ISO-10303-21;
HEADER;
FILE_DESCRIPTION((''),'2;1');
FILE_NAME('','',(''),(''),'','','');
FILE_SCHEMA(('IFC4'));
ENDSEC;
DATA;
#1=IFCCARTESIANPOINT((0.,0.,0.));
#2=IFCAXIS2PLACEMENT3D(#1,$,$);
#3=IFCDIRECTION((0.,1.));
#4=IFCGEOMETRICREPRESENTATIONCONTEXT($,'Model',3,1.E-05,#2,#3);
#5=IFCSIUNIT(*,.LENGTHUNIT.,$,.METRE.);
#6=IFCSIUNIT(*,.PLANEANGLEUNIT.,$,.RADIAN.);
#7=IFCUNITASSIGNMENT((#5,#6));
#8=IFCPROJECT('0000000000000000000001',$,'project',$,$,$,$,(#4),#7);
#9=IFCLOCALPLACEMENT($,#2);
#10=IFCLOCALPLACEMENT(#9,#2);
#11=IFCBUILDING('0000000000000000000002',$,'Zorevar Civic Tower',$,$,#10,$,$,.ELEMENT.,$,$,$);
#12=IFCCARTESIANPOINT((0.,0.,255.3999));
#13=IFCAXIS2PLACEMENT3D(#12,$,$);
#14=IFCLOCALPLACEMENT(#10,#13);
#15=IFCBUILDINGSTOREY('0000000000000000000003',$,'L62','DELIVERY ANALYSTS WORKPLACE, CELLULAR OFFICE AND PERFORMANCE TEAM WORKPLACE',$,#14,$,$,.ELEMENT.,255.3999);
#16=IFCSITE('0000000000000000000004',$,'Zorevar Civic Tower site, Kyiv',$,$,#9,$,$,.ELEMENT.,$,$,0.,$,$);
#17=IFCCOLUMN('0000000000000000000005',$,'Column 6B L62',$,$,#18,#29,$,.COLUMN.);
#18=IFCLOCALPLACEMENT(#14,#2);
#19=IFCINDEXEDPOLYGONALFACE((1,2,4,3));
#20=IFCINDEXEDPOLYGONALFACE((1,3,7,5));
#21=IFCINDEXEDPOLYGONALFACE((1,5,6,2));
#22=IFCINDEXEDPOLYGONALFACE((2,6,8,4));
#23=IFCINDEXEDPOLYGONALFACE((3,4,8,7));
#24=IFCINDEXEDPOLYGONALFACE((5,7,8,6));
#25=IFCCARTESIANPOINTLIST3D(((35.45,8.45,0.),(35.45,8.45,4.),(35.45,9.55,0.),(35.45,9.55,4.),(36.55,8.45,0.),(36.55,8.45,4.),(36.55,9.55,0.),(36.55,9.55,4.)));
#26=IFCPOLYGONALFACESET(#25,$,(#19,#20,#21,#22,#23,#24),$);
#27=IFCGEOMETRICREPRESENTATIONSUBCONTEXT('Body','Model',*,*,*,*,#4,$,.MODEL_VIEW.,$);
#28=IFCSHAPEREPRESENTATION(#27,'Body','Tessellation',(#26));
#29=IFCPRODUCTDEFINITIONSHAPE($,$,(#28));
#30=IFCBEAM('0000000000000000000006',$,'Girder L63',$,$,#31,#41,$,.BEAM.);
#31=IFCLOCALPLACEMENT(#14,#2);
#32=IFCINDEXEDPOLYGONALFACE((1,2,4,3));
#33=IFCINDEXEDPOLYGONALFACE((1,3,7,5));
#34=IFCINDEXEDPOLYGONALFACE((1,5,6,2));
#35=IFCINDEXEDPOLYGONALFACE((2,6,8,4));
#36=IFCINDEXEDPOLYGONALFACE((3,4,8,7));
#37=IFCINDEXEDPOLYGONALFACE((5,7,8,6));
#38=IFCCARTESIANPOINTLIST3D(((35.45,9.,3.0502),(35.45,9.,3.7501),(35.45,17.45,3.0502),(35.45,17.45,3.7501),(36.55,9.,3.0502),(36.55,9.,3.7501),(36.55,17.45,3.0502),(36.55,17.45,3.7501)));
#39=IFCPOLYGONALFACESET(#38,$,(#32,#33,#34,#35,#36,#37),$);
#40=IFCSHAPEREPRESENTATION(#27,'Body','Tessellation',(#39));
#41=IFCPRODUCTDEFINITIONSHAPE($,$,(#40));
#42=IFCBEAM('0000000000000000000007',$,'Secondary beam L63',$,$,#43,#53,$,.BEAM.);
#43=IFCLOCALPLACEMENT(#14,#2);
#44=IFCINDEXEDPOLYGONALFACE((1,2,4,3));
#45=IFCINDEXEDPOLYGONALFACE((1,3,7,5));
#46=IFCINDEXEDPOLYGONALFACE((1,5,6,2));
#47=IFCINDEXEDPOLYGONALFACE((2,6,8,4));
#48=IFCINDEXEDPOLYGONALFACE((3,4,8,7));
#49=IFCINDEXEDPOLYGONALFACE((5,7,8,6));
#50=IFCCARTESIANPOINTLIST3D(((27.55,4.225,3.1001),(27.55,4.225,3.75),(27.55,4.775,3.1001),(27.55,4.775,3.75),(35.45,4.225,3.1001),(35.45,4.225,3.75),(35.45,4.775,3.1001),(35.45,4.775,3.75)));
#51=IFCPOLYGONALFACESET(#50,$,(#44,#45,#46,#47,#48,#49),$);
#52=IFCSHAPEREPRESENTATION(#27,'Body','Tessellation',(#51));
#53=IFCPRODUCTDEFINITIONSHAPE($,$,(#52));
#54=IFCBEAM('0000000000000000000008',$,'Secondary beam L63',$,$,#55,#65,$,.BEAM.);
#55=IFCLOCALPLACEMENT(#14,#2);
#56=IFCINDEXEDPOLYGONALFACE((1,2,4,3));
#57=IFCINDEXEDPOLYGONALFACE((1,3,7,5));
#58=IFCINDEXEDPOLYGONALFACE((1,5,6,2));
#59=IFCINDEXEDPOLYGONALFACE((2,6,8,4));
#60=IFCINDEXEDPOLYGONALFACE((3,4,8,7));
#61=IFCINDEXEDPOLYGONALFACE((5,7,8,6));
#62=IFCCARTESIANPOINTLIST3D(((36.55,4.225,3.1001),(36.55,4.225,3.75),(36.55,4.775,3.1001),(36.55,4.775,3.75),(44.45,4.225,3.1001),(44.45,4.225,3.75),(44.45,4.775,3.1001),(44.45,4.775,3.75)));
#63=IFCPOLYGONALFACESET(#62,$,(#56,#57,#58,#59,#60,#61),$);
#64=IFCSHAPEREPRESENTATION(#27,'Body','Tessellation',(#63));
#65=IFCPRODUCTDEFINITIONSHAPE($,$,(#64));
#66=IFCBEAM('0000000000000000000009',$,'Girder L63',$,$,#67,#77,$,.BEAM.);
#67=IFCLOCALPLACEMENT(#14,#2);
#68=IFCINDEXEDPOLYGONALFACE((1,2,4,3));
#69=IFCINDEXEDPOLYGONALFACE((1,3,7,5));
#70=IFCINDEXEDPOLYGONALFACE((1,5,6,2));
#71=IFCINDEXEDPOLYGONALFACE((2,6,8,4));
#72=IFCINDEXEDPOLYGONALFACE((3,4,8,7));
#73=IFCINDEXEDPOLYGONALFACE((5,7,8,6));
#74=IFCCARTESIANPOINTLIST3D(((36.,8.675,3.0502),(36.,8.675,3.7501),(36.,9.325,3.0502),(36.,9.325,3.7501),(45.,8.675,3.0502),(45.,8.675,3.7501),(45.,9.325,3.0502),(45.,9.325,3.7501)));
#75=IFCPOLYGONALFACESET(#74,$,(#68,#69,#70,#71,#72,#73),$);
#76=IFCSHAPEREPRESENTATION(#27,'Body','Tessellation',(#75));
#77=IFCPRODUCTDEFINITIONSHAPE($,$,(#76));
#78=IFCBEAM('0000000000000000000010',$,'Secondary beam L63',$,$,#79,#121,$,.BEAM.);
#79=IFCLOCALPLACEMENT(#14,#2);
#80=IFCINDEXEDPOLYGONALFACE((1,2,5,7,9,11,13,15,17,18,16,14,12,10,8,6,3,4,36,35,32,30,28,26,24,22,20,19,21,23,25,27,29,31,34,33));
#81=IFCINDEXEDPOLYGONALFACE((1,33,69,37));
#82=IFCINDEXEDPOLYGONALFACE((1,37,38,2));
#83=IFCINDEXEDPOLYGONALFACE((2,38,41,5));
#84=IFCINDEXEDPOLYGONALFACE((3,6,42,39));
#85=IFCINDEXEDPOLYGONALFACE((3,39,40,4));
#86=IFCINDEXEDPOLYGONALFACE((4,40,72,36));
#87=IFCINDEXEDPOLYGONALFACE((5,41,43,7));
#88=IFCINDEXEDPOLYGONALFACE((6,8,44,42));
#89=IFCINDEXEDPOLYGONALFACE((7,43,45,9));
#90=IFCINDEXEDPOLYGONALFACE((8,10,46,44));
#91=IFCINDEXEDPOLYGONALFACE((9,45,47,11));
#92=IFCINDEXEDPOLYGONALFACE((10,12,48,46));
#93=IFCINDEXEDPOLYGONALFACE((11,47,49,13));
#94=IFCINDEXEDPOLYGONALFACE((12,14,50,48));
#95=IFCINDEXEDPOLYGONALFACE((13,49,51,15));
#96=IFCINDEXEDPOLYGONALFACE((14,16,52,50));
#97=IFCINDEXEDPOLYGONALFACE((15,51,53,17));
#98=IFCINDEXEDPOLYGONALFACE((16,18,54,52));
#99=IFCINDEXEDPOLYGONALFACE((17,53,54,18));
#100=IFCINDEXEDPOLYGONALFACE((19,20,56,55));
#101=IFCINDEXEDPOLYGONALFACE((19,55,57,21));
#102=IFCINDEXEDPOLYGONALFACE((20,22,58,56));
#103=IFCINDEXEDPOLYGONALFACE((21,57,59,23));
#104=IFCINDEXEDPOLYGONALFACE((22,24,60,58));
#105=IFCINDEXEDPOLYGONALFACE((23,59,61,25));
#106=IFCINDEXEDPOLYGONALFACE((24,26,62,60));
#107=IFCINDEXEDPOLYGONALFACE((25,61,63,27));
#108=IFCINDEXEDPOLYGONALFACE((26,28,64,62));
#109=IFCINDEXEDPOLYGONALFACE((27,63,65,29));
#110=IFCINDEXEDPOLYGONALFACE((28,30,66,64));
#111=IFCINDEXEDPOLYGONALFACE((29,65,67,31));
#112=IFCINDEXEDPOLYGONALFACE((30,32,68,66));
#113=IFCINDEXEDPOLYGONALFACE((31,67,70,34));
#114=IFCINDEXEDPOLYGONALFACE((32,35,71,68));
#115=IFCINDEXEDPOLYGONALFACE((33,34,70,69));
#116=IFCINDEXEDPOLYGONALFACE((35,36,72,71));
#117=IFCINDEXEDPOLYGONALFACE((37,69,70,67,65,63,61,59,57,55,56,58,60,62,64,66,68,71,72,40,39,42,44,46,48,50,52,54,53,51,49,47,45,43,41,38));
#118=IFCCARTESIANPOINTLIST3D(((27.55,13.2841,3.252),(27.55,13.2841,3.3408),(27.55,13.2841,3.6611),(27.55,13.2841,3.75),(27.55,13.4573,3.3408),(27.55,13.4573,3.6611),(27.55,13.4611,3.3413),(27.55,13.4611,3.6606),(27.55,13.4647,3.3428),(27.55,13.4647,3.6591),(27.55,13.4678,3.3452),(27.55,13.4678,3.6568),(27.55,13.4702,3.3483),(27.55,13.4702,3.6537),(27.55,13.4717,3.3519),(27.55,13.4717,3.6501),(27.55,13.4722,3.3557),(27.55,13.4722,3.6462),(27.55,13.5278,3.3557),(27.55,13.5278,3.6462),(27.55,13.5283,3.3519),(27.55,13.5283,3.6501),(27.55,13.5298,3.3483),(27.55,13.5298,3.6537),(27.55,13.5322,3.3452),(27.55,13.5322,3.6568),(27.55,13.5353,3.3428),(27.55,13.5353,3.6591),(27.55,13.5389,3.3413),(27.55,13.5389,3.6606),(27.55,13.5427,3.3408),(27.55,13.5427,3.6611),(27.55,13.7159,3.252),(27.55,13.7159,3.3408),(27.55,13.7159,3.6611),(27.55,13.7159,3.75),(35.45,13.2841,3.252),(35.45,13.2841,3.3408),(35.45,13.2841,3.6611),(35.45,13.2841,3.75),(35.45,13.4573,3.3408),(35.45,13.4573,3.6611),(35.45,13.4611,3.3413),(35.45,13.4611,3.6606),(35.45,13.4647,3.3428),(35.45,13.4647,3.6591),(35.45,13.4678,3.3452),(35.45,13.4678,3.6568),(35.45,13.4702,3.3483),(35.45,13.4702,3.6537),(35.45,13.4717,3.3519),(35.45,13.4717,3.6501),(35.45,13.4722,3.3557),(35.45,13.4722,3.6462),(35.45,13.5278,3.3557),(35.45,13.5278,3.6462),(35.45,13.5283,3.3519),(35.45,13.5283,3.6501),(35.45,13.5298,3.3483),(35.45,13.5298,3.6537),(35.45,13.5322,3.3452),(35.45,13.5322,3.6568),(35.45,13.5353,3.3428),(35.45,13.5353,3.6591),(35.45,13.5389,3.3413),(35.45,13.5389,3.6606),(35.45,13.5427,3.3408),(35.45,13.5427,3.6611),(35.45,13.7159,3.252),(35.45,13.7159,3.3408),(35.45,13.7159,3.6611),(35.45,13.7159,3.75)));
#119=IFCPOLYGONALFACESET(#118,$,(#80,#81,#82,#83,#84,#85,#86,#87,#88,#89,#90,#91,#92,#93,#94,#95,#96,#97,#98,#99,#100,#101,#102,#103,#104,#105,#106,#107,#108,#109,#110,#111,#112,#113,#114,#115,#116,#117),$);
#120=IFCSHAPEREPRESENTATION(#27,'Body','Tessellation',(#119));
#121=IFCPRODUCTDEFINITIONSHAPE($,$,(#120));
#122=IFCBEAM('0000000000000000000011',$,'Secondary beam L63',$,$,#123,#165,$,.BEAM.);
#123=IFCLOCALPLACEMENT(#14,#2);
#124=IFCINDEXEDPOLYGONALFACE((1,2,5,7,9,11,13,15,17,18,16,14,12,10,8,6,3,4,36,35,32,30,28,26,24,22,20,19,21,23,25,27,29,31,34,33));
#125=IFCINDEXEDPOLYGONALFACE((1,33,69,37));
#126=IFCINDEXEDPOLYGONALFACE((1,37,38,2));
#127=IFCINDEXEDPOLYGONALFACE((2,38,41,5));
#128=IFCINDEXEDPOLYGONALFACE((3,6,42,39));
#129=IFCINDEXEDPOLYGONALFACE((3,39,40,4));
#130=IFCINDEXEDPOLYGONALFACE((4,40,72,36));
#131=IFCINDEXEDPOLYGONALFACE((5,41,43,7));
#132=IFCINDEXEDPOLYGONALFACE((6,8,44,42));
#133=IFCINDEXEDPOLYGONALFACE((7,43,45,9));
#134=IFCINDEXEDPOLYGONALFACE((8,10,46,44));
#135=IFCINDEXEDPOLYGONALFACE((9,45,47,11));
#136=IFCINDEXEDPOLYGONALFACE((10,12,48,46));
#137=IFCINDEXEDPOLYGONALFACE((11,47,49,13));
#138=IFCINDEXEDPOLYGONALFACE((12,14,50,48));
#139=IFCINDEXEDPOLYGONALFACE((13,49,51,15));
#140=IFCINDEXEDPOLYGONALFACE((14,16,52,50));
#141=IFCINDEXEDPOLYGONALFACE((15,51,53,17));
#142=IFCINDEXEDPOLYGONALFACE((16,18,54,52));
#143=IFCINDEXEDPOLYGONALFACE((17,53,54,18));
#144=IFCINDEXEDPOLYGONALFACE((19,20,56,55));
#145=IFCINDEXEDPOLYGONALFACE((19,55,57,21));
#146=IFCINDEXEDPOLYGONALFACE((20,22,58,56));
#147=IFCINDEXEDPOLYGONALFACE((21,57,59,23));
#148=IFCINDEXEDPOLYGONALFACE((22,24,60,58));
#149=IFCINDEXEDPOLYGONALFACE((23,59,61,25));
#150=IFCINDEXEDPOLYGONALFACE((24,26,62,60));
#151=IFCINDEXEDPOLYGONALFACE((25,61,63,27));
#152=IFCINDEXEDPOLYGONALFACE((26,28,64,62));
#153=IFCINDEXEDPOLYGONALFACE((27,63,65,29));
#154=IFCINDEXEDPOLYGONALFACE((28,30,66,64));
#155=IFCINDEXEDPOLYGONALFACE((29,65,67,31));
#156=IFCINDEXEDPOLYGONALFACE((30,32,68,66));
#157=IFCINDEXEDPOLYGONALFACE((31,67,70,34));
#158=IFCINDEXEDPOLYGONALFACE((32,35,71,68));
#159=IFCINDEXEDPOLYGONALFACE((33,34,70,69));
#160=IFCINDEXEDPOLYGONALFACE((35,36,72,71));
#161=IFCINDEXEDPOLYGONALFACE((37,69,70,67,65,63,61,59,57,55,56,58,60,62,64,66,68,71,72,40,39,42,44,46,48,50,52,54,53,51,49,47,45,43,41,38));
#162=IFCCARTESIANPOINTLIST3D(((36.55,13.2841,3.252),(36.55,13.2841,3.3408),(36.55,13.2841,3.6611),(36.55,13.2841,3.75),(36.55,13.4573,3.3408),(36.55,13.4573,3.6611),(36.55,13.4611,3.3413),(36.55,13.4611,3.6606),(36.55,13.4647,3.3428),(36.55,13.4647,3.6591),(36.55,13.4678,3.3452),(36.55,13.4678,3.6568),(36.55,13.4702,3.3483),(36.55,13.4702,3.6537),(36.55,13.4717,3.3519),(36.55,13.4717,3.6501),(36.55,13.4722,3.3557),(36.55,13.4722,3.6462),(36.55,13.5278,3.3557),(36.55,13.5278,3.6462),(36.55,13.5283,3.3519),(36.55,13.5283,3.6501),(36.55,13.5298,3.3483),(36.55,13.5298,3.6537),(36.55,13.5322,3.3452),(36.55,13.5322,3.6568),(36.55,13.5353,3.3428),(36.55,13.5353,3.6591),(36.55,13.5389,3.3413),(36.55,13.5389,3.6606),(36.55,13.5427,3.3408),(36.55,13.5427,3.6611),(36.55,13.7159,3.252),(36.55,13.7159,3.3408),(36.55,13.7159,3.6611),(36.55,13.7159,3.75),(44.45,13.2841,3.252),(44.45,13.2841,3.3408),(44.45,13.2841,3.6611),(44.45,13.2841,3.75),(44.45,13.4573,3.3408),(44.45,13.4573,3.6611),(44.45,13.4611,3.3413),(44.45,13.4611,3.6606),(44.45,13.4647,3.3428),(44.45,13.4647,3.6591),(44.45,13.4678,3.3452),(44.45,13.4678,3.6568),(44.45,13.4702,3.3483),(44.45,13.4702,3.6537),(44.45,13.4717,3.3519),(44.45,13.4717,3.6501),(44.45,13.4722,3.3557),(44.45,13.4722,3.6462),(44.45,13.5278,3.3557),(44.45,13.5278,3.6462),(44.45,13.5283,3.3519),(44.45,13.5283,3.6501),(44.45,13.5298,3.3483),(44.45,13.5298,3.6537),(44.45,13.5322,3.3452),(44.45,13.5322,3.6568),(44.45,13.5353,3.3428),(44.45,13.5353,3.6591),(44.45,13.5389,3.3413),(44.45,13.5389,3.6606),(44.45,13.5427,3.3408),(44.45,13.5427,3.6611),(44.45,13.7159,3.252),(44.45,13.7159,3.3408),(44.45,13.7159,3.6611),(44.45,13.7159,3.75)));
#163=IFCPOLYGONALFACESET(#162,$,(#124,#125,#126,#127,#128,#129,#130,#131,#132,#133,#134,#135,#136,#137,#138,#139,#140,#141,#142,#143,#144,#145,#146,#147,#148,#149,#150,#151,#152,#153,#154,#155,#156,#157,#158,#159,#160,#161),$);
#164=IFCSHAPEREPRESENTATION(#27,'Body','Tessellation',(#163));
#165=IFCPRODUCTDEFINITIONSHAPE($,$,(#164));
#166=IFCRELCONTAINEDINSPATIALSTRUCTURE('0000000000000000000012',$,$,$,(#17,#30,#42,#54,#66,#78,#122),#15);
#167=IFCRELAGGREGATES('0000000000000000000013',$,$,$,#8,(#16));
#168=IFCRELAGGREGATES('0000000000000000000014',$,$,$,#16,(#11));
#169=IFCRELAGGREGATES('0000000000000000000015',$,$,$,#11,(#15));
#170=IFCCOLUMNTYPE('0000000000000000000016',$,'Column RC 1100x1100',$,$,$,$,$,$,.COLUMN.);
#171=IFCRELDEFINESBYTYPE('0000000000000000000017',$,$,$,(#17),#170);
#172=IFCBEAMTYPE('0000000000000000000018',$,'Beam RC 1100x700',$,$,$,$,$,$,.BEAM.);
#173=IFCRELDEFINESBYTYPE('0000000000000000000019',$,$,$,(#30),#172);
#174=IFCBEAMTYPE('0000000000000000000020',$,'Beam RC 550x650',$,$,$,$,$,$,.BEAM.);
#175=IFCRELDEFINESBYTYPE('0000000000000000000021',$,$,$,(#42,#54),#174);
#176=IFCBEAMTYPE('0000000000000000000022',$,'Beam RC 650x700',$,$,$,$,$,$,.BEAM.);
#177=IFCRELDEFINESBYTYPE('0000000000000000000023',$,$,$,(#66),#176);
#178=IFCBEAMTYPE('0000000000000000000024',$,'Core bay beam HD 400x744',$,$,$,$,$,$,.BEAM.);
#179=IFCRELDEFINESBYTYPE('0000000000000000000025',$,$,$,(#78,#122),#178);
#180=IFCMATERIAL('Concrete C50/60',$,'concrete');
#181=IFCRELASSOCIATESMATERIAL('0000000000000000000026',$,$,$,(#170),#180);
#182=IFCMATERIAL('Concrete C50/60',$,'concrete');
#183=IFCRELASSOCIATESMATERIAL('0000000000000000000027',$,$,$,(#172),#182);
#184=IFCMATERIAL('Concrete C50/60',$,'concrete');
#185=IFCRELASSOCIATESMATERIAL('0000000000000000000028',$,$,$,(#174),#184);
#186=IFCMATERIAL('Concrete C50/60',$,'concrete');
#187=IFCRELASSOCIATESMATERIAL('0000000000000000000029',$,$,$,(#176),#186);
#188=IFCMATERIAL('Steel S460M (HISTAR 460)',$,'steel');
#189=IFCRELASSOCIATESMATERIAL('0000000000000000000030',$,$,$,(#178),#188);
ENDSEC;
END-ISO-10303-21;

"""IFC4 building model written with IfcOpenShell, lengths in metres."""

from ifc_helpers import new_model, si_unit, direction, frame, origin, origin_2d, place, context, subcontext, project, spatial, rectangle, i_section, extrude, material, material_profile, profile_set, type_object, element, save


model = new_model("IFC4")

# Units and contexts
model_context = context("Model", 3, precision=1e-05, world=origin(), true_north=direction((0.0, 1.0)))
body_context = subcontext(model_context, "Body", "Model", "MODEL_VIEW")
ifc_project = project(units=[si_unit("LENGTHUNIT", "METRE"), si_unit("PLANEANGLEUNIT", "RADIAN")], contexts=[model_context])

# Site, building, storey
site_placement = place(None, origin())
site = spatial("IfcSite", under=ifc_project, at=site_placement, Name="Zorevar Civic Tower site, Kyiv", CompositionType="ELEMENT", RefElevation=0.0)
building_placement = place(site_placement, origin())
building = spatial("IfcBuilding", under=site, at=building_placement, Name="Zorevar Civic Tower", CompositionType="ELEMENT")
storey_placement = place(building_placement, frame((0.0, 0.0, 255.3999)))
storey = spatial("IfcBuildingStorey", under=building, at=storey_placement, Name="L62", Description="DELIVERY ANALYSTS WORKPLACE, CELLULAR OFFICE AND PERFORMANCE TEAM WORKPLACE", CompositionType="ELEMENT", Elevation=255.3999)

# Column
ifc_material_1 = material(Name="Concrete C50/60", Category="concrete")
ifc_material_profile_1 = material_profile(ifc_material_1, rectangle(XDim=1.1001, YDim=1.1001, at=origin_2d()), Name="RC 1100x1100")
ifc_profile_set_1 = profile_set([ifc_material_profile_1], Name="Concrete C50/60")
column_type = type_object("IfcColumnType", Name="Column RC 1100x1100", PredefinedType="COLUMN", material=ifc_profile_set_1)
column_placement = place(storey_placement, frame((36.0, 9.0, 0.0), z_axis=(0.0, 0.0, 1.0), x_axis=(1.0, 0.0, 0.0)))
element("IfcColumn", 1, at=column_placement, inside=storey, type_object=column_type, Name="Column 6B L62", PredefinedType="COLUMN", context=body_context, shape_type="SweptSolid", body=[
    extrude(rectangle(XDim=1.1001, YDim=1.1001, at=origin_2d()), origin(), (0.0, 0.0, 1.0), 4.0),
])

# Beams
ifc_material_2 = material(Name="Concrete C50/60", Category="concrete")
ifc_material_profile_2 = material_profile(ifc_material_2, rectangle(XDim=1.1001, YDim=0.7, at=origin_2d()), Name="RC 1100x700")
ifc_profile_set_2 = profile_set([ifc_material_profile_2], Name="Concrete C50/60")
beam_type_1 = type_object("IfcBeamType", Name="Beam RC 1100x700", PredefinedType="BEAM", material=ifc_profile_set_2)
beam_1_placement = place(storey_placement, frame((36.0, 9.0, 3.4001), z_axis=(0.0, 1.0, 0.0), x_axis=(-1.0, 0.0, 0.0)))
element("IfcBeam", 2, at=beam_1_placement, inside=storey, type_object=beam_type_1, Name="Girder L63", PredefinedType="BEAM", context=body_context, shape_type="SweptSolid", body=[
    extrude(rectangle(XDim=1.1001, YDim=0.7, at=origin_2d()), origin(), (0.0, 0.0, 1.0), 8.45),
])
ifc_material_3 = material(Name="Concrete C50/60", Category="concrete")
ifc_material_profile_3 = material_profile(ifc_material_3, rectangle(XDim=0.55, YDim=0.6499, at=origin_2d()), Name="RC 550x650")
ifc_profile_set_3 = profile_set([ifc_material_profile_3], Name="Concrete C50/60")
beam_type_2 = type_object("IfcBeamType", Name="Beam RC 550x650", PredefinedType="BEAM", material=ifc_profile_set_3)
for number, where, z_axis, x_axis, name in (
    (3, (27.55, 4.5, 3.425), (1.0, 0.0, 0.0), (0.0, 1.0, 0.0), "Secondary beam L63"),
    (4, (36.55, 4.5, 3.425), (1.0, 0.0, 0.0), (0.0, 1.0, 0.0), "Secondary beam L63"),
):
    element("IfcBeam", number, at=place(storey_placement, frame(where, z_axis=z_axis, x_axis=x_axis)), inside=storey, type_object=beam_type_2, Name=name, PredefinedType="BEAM", context=body_context, shape_type="SweptSolid", body=[
        extrude(rectangle(XDim=0.55, YDim=0.6499, at=origin_2d()), origin(), (0.0, 0.0, 1.0), 7.8999),
    ])
ifc_material_4 = material(Name="Concrete C50/60", Category="concrete")
ifc_material_profile_4 = material_profile(ifc_material_4, rectangle(XDim=0.6499, YDim=0.7, at=origin_2d()), Name="RC 650x700")
ifc_profile_set_4 = profile_set([ifc_material_profile_4], Name="Concrete C50/60")
beam_type_3 = type_object("IfcBeamType", Name="Beam RC 650x700", PredefinedType="BEAM", material=ifc_profile_set_4)
beam_2_placement = place(storey_placement, frame((36.0, 9.0, 3.4001), z_axis=(1.0, 0.0, 0.0), x_axis=(0.0, 1.0, 0.0)))
element("IfcBeam", 5, at=beam_2_placement, inside=storey, type_object=beam_type_3, Name="Girder L63", PredefinedType="BEAM", context=body_context, shape_type="SweptSolid", body=[
    extrude(rectangle(XDim=0.6499, YDim=0.7, at=origin_2d()), origin(), (0.0, 0.0, 1.0), 9.0),
])
ifc_material_5 = material(Name="Steel S460M (HISTAR 460)", Category="steel")
ifc_material_profile_5 = material_profile(ifc_material_5, i_section(OverallWidth=0.4319, OverallDepth=0.498, WebThickness=0.0557, FlangeThickness=0.0889, FilletRadius=0.0149, at=origin_2d()), Name="HD 400x744")
ifc_profile_set_5 = profile_set([ifc_material_profile_5], Name="Steel S460M (HISTAR 460)")
beam_type_4 = type_object("IfcBeamType", Name="Core bay beam HD 400x744", PredefinedType="BEAM", material=ifc_profile_set_5)
for number, where, z_axis, x_axis, name in (
    (6, (27.55, 13.5, 3.501), (1.0, 0.0, 0.0), (0.0, 1.0, 0.0), "Secondary beam L63"),
    (7, (36.55, 13.5, 3.501), (1.0, 0.0, 0.0), (0.0, 1.0, 0.0), "Secondary beam L63"),
):
    element("IfcBeam", number, at=place(storey_placement, frame(where, z_axis=z_axis, x_axis=x_axis)), inside=storey, type_object=beam_type_4, Name=name, PredefinedType="BEAM", context=body_context, shape_type="SweptSolid", body=[
        extrude(i_section(OverallWidth=0.4319, OverallDepth=0.498, WebThickness=0.0557, FlangeThickness=0.0889, FilletRadius=0.0149, at=origin_2d()), origin(), (0.0, 0.0, 1.0), 7.8999),
    ])

save(model, "model.ifc")
